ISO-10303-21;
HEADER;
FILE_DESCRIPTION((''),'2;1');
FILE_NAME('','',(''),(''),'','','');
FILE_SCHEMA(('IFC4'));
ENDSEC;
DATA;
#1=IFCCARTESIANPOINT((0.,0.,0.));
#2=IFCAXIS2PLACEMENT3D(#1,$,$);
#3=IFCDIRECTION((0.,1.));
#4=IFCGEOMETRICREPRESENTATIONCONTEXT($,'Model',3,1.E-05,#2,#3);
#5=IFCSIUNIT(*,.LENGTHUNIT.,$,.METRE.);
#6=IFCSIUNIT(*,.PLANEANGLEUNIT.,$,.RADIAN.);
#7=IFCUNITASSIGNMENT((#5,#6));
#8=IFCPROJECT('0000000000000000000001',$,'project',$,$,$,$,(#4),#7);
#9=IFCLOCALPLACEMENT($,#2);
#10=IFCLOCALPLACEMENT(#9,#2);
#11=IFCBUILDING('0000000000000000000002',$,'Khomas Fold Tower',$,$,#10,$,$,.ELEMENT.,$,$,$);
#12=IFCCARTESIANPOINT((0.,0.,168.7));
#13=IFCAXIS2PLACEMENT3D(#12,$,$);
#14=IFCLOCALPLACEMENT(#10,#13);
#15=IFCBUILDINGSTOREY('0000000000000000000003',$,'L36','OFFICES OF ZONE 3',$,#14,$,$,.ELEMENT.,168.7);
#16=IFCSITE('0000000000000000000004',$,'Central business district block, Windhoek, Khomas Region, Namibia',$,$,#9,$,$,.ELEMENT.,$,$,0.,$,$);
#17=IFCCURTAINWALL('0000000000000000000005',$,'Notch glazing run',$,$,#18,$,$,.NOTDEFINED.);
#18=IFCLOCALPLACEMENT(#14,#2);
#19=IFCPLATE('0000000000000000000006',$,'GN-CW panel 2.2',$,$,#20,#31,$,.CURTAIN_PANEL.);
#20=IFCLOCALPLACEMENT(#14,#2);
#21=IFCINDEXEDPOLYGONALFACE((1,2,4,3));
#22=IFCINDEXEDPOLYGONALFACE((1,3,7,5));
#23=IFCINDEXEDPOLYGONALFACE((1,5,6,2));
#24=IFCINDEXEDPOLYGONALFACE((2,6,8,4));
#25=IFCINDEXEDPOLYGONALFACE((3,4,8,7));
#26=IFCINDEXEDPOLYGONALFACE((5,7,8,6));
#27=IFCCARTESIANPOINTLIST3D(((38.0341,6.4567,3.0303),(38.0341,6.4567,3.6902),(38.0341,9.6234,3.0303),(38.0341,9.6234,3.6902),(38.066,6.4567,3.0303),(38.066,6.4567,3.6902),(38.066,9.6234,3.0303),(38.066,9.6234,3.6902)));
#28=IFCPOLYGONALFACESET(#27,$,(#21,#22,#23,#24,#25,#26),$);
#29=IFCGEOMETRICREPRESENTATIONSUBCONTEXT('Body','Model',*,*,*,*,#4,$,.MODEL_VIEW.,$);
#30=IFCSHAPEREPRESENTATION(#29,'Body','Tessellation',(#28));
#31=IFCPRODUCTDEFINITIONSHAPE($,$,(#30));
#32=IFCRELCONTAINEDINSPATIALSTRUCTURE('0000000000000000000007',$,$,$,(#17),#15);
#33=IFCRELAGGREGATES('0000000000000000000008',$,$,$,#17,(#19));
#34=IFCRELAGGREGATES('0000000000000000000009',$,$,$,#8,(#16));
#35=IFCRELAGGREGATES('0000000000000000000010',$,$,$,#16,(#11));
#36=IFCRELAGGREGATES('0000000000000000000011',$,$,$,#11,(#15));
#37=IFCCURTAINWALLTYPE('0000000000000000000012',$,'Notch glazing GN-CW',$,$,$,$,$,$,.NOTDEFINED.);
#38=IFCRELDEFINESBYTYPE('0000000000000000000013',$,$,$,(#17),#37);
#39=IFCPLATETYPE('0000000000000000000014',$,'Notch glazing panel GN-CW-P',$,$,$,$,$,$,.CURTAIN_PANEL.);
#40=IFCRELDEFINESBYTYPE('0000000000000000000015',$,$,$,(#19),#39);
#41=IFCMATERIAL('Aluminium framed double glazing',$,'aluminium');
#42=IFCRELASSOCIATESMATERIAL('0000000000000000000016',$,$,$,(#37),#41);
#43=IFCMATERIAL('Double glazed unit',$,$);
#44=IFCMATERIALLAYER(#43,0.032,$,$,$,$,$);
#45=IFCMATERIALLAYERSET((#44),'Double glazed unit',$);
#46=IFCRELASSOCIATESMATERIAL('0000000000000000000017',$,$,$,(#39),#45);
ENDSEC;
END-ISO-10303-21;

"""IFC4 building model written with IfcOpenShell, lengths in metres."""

from ifc_helpers import new_model, si_unit, direction, frame, origin, origin_2d, place, context, subcontext, project, spatial, rectangle, extrude, source, transform, mapped, material, layer, layer_set, type_object, element, aggregate, save


model = new_model("IFC4")

# Units and contexts
model_context = context("Model", 3, precision=1e-05, world=origin(), true_north=direction((0.0, 1.0)))
body_context = subcontext(model_context, "Body", "Model", "MODEL_VIEW")
ifc_project = project(units=[si_unit("LENGTHUNIT", "METRE"), si_unit("PLANEANGLEUNIT", "RADIAN")], contexts=[model_context])

# Site, building, storey
site_placement = place(None, origin())
site = spatial("IfcSite", under=ifc_project, at=site_placement, Name="Central business district block, Windhoek, Khomas Region, Namibia", CompositionType="ELEMENT", RefElevation=0.0)
building_placement = place(site_placement, origin())
building = spatial("IfcBuilding", under=site, at=building_placement, Name="Khomas Fold Tower", CompositionType="ELEMENT")
storey_placement = place(building_placement, frame((0.0, 0.0, 168.7)))
storey = spatial("IfcBuildingStorey", under=building, at=storey_placement, Name="L36", Description="OFFICES OF ZONE 3", CompositionType="ELEMENT", Elevation=168.7)

# Curtain wall
ifc_material_1 = material(Name="Aluminium framed double glazing", Category="aluminium")
curtain_wall_type_1 = type_object("IfcCurtainWallType", Name="Notch glazing GN-CW", PredefinedType="NOTDEFINED", material=ifc_material_1)
curtain_wall_1_placement = place(storey_placement, origin())
curtain_wall_1 = element("IfcCurtainWall", 1, at=curtain_wall_1_placement, inside=storey, type_object=curtain_wall_type_1, Name="Notch glazing run", PredefinedType="NOTDEFINED")

# Plate
ifc_material_2 = material(Name="Double glazed unit")
ifc_layer_1 = layer(ifc_material_2, 0.032)
ifc_layer_set_1 = layer_set([ifc_layer_1], Name="Double glazed unit")
plate_type_1 = type_object("IfcPlateType", Name="Notch glazing panel GN-CW-P", PredefinedType="CURTAIN_PANEL", material=ifc_layer_set_1)
shared_shape_1 = source(origin(), body_context, "Body", "SweptSolid", [
    extrude(rectangle(XDim=3.1667, YDim=0.032, at=origin_2d()), origin(), (0.0, 0.0, 1.0), 0.6599),
])
plate_1_placement = place(storey_placement, frame((38.05, 8.04, 3.0303), z_axis=(0.0, 0.0, 1.0), x_axis=(0.0, -1.0, 0.0)))
plate_1 = element("IfcPlate", 2, at=plate_1_placement, type_object=plate_type_1, Name="GN-CW panel 2.2", PredefinedType="CURTAIN_PANEL", context=body_context, shape_type="MappedRepresentation", body=[
    mapped(shared_shape_1, transform((0.0, 0.0, 0.0))),
])
aggregate(curtain_wall_1, [plate_1])

save(model, "model.ifc")
